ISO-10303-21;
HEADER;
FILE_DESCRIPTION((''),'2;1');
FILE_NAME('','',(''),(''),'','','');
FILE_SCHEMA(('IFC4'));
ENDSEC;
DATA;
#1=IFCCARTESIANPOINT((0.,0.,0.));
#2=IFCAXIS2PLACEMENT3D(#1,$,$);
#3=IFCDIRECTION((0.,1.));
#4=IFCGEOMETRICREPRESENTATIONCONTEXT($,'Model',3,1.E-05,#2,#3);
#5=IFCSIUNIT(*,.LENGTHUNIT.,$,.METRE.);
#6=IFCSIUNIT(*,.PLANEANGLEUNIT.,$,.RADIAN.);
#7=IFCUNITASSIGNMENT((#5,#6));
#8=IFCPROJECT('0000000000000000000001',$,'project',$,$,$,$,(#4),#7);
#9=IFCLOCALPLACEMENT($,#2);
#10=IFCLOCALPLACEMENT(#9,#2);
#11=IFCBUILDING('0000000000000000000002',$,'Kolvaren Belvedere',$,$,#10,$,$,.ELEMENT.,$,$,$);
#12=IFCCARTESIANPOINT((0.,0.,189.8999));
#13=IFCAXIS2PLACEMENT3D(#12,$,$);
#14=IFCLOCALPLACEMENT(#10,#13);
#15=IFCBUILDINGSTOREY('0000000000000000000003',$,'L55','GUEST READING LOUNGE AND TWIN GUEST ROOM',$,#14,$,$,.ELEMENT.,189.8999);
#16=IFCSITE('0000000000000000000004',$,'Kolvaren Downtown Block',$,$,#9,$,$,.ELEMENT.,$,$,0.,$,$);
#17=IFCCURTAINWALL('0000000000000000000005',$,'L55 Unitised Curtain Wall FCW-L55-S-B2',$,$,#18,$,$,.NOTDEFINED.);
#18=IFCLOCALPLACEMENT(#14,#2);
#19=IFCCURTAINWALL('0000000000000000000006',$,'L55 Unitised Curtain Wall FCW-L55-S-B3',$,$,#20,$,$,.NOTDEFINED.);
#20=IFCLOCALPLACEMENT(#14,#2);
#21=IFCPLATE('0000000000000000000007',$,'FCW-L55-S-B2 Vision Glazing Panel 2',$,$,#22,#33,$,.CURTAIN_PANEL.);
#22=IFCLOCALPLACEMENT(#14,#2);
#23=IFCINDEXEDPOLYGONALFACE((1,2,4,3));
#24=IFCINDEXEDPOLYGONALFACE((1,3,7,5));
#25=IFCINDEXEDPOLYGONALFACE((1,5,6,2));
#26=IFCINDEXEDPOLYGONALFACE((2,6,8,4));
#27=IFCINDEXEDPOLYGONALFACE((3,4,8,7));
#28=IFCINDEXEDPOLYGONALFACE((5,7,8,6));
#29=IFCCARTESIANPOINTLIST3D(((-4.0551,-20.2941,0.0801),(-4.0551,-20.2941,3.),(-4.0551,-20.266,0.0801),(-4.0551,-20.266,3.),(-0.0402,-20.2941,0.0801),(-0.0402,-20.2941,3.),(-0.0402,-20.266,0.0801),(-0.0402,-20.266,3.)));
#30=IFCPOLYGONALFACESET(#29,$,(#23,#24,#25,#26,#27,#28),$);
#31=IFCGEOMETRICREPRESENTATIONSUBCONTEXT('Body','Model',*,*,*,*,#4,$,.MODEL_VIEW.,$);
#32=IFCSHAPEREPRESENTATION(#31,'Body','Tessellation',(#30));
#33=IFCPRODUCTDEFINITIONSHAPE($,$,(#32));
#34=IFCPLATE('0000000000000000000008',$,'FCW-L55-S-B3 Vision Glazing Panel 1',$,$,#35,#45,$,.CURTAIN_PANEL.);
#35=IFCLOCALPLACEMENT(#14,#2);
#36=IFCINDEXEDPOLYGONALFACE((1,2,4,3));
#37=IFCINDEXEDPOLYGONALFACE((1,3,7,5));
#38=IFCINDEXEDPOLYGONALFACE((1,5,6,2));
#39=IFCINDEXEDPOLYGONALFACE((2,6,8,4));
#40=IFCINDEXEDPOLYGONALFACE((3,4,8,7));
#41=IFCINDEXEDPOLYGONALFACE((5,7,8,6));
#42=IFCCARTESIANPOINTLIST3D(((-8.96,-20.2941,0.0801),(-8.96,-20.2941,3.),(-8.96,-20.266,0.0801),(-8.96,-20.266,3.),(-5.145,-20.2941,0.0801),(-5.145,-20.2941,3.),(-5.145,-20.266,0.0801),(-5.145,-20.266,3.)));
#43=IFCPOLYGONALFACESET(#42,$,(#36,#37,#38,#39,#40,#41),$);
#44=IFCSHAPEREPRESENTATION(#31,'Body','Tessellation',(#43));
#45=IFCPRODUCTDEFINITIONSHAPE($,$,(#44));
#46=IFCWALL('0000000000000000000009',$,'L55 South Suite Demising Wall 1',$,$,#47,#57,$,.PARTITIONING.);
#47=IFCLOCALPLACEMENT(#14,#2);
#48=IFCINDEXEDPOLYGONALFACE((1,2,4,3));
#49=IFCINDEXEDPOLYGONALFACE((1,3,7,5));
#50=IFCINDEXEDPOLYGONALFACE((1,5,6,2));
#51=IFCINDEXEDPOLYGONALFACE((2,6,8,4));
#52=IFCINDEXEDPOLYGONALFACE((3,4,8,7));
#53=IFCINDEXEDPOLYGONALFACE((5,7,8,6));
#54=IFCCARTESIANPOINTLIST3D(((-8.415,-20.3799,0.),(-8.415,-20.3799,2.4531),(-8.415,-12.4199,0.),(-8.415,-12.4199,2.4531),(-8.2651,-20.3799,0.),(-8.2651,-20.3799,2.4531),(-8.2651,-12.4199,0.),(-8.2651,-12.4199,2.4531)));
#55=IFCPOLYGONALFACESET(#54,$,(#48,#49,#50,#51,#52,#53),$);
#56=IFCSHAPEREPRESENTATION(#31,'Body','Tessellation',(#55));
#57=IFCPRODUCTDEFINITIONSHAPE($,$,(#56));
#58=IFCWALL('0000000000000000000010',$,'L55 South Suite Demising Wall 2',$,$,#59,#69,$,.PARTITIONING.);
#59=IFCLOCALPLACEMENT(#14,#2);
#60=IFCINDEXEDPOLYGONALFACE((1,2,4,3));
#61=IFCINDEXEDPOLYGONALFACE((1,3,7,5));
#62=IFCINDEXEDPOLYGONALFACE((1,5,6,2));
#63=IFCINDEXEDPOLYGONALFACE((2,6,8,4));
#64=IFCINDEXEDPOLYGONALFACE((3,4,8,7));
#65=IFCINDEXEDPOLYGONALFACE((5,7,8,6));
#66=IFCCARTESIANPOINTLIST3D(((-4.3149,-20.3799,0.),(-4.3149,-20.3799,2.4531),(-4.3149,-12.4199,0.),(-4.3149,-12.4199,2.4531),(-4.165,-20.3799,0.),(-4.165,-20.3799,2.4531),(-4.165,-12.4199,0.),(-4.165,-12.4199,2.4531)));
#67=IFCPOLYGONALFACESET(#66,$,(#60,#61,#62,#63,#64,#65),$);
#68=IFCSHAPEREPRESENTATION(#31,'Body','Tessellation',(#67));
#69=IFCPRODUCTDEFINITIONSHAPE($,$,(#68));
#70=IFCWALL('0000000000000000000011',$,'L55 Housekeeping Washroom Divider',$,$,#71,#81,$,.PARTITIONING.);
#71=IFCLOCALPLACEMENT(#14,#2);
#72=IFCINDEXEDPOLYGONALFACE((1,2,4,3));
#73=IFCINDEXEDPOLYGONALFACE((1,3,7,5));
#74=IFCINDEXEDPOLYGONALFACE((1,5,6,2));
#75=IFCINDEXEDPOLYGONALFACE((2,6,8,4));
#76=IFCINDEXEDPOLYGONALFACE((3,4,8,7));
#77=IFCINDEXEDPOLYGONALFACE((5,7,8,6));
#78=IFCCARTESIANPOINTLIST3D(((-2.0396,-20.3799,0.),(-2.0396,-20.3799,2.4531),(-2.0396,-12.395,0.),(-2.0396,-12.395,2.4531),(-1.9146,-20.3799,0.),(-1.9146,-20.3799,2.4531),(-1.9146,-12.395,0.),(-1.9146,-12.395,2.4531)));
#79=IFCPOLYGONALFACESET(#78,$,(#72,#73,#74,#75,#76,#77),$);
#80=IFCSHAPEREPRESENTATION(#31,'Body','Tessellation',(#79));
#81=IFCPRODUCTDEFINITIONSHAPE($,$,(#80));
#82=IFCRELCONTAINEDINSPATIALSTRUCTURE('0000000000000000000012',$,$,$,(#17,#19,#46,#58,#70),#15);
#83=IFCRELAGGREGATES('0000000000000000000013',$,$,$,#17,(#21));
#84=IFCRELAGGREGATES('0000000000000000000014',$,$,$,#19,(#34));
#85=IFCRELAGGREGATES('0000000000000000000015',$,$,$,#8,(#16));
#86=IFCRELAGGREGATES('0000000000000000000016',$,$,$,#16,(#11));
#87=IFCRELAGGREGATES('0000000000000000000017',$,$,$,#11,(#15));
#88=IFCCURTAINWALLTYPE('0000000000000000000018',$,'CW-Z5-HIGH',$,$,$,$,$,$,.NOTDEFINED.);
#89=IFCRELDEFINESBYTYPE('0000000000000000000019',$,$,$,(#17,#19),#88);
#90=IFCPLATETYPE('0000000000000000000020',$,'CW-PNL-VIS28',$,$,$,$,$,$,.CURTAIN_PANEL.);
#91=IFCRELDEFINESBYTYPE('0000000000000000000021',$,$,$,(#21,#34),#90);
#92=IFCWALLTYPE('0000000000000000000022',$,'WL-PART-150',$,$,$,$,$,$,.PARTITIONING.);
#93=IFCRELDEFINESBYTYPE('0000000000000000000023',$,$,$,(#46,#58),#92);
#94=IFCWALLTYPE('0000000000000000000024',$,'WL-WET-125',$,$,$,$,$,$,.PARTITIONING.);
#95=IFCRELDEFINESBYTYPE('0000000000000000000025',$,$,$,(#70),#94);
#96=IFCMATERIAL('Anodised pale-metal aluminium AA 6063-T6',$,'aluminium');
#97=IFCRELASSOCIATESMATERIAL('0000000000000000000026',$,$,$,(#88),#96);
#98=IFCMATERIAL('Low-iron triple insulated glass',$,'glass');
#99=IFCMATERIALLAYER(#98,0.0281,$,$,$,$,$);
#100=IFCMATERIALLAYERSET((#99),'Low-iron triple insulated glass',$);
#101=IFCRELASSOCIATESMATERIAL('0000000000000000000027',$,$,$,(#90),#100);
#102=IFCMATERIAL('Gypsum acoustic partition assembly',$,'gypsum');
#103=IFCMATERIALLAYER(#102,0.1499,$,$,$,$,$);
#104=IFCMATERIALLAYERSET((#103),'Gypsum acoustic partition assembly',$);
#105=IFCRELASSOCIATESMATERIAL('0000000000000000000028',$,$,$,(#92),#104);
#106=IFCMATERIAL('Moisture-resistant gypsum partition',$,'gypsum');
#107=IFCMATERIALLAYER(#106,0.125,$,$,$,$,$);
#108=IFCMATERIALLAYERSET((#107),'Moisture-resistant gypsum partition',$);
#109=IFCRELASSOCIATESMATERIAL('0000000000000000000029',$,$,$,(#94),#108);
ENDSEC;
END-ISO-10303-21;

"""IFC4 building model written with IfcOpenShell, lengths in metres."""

from ifc_helpers import new_model, si_unit, direction, frame, frame_2d, origin, origin_2d, place, context, subcontext, project, spatial, rectangle, extrude, material, layer, layer_set, type_object, element, aggregate, save


model = new_model("IFC4")

# Units and contexts
model_context = context("Model", 3, precision=1e-05, world=origin(), true_north=direction((0.0, 1.0)))
body_context = subcontext(model_context, "Body", "Model", "MODEL_VIEW")
ifc_project = project(units=[si_unit("LENGTHUNIT", "METRE"), si_unit("PLANEANGLEUNIT", "RADIAN")], contexts=[model_context])

# Site, building, storey
site_placement = place(None, origin())
site = spatial("IfcSite", under=ifc_project, at=site_placement, Name="Kolvaren Downtown Block", CompositionType="ELEMENT", RefElevation=0.0)
building_placement = place(site_placement, origin())
building = spatial("IfcBuilding", under=site, at=building_placement, Name="Kolvaren Belvedere", CompositionType="ELEMENT")
storey_placement = place(building_placement, frame((0.0, 0.0, 189.8999)))
storey = spatial("IfcBuildingStorey", under=building, at=storey_placement, Name="L55", Description="GUEST READING LOUNGE AND TWIN GUEST ROOM", CompositionType="ELEMENT", Elevation=189.8999)

# Curtain wall
ifc_material_1 = material(Name="Anodised pale-metal aluminium AA 6063-T6", Category="aluminium")
curtain_wall_type = type_object("IfcCurtainWallType", Name="CW-Z5-HIGH", PredefinedType="NOTDEFINED", material=ifc_material_1)
curtain_wall_1_placement = place(storey_placement, origin())
curtain_wall_1 = element("IfcCurtainWall", 1, at=curtain_wall_1_placement, inside=storey, type_object=curtain_wall_type, Name="L55 Unitised Curtain Wall FCW-L55-S-B2", PredefinedType="NOTDEFINED")

# Curtain wall
curtain_wall_2_placement = place(storey_placement, origin())
curtain_wall_2 = element("IfcCurtainWall", 2, at=curtain_wall_2_placement, inside=storey, type_object=curtain_wall_type, Name="L55 Unitised Curtain Wall FCW-L55-S-B3", PredefinedType="NOTDEFINED")

# Plates
ifc_material_2 = material(Name="Low-iron triple insulated glass", Category="glass")
ifc_layer_1 = layer(ifc_material_2, 0.0281)
ifc_layer_set_1 = layer_set([ifc_layer_1], Name="Low-iron triple insulated glass")
plate_type = type_object("IfcPlateType", Name="CW-PNL-VIS28", PredefinedType="CURTAIN_PANEL", material=ifc_layer_set_1)
plate_1_placement = place(storey_placement, frame((-2.0476, -20.28, 0.0801), z_axis=(0.0, 0.0, 1.0), x_axis=(-1.0, 0.0, 0.0)))
plate_1 = element("IfcPlate", 3, at=plate_1_placement, type_object=plate_type, Name="FCW-L55-S-B2 Vision Glazing Panel 2", PredefinedType="CURTAIN_PANEL", context=body_context, shape_type="SweptSolid", body=[
    extrude(rectangle(XDim=4.0149, YDim=0.0281, at=origin_2d()), origin(), (0.0, 0.0, 1.0), 2.9199),
])
aggregate(curtain_wall_1, [plate_1])
plate_2_placement = place(storey_placement, frame((-7.0525, -20.28, 0.0801), z_axis=(0.0, 0.0, 1.0), x_axis=(-1.0, 0.0, 0.0)))
plate_2 = element("IfcPlate", 4, at=plate_2_placement, type_object=plate_type, Name="FCW-L55-S-B3 Vision Glazing Panel 1", PredefinedType="CURTAIN_PANEL", context=body_context, shape_type="SweptSolid", body=[
    extrude(rectangle(XDim=3.8149, YDim=0.0281, at=origin_2d()), origin(), (0.0, 0.0, 1.0), 2.9199),
])
aggregate(curtain_wall_2, [plate_2])

# Walls
ifc_material_3 = material(Name="Gypsum acoustic partition assembly", Category="gypsum")
ifc_layer_2 = layer(ifc_material_3, 0.1499)
ifc_layer_set_2 = layer_set([ifc_layer_2], Name="Gypsum acoustic partition assembly")
wall_type_1 = type_object("IfcWallType", Name="WL-PART-150", PredefinedType="PARTITIONING", material=ifc_layer_set_2)
for number, where, z_axis, x_axis, name in (
    (5, (-8.3401, -20.3799, 0.0), (0.0, 0.0, 1.0), (0.0, 1.0, 0.0), "L55 South Suite Demising Wall 1"),
    (6, (-4.24, -20.3799, 0.0), (0.0, 0.0, 1.0), (0.0, 1.0, 0.0), "L55 South Suite Demising Wall 2"),
):
    element("IfcWall", number, at=place(storey_placement, frame(where, z_axis=z_axis, x_axis=x_axis)), inside=storey, type_object=wall_type_1, Name=name, PredefinedType="PARTITIONING", context=body_context, shape_type="SweptSolid", body=[
        extrude(rectangle(XDim=7.96, YDim=0.1499, at=frame_2d((3.98, 0.0))), origin(), (0.0, 0.0, 1.0), 2.4531),
    ])
ifc_material_4 = material(Name="Moisture-resistant gypsum partition", Category="gypsum")
ifc_layer_3 = layer(ifc_material_4, 0.125)
ifc_layer_set_3 = layer_set([ifc_layer_3], Name="Moisture-resistant gypsum partition")
wall_type_2 = type_object("IfcWallType", Name="WL-WET-125", PredefinedType="PARTITIONING", material=ifc_layer_set_3)
wall_placement = place(storey_placement, frame((-1.9771, -20.3799, 0.0), z_axis=(0.0, 0.0, 1.0), x_axis=(0.0, 1.0, 0.0)))
element("IfcWall", 7, at=wall_placement, inside=storey, type_object=wall_type_2, Name="L55 Housekeeping Washroom Divider", PredefinedType="PARTITIONING", context=body_context, shape_type="SweptSolid", body=[
    extrude(rectangle(XDim=7.9849, YDim=0.125, at=frame_2d((3.9924, 0.0))), origin(), (0.0, 0.0, 1.0), 2.4531),
])

save(model, "model.ifc")
